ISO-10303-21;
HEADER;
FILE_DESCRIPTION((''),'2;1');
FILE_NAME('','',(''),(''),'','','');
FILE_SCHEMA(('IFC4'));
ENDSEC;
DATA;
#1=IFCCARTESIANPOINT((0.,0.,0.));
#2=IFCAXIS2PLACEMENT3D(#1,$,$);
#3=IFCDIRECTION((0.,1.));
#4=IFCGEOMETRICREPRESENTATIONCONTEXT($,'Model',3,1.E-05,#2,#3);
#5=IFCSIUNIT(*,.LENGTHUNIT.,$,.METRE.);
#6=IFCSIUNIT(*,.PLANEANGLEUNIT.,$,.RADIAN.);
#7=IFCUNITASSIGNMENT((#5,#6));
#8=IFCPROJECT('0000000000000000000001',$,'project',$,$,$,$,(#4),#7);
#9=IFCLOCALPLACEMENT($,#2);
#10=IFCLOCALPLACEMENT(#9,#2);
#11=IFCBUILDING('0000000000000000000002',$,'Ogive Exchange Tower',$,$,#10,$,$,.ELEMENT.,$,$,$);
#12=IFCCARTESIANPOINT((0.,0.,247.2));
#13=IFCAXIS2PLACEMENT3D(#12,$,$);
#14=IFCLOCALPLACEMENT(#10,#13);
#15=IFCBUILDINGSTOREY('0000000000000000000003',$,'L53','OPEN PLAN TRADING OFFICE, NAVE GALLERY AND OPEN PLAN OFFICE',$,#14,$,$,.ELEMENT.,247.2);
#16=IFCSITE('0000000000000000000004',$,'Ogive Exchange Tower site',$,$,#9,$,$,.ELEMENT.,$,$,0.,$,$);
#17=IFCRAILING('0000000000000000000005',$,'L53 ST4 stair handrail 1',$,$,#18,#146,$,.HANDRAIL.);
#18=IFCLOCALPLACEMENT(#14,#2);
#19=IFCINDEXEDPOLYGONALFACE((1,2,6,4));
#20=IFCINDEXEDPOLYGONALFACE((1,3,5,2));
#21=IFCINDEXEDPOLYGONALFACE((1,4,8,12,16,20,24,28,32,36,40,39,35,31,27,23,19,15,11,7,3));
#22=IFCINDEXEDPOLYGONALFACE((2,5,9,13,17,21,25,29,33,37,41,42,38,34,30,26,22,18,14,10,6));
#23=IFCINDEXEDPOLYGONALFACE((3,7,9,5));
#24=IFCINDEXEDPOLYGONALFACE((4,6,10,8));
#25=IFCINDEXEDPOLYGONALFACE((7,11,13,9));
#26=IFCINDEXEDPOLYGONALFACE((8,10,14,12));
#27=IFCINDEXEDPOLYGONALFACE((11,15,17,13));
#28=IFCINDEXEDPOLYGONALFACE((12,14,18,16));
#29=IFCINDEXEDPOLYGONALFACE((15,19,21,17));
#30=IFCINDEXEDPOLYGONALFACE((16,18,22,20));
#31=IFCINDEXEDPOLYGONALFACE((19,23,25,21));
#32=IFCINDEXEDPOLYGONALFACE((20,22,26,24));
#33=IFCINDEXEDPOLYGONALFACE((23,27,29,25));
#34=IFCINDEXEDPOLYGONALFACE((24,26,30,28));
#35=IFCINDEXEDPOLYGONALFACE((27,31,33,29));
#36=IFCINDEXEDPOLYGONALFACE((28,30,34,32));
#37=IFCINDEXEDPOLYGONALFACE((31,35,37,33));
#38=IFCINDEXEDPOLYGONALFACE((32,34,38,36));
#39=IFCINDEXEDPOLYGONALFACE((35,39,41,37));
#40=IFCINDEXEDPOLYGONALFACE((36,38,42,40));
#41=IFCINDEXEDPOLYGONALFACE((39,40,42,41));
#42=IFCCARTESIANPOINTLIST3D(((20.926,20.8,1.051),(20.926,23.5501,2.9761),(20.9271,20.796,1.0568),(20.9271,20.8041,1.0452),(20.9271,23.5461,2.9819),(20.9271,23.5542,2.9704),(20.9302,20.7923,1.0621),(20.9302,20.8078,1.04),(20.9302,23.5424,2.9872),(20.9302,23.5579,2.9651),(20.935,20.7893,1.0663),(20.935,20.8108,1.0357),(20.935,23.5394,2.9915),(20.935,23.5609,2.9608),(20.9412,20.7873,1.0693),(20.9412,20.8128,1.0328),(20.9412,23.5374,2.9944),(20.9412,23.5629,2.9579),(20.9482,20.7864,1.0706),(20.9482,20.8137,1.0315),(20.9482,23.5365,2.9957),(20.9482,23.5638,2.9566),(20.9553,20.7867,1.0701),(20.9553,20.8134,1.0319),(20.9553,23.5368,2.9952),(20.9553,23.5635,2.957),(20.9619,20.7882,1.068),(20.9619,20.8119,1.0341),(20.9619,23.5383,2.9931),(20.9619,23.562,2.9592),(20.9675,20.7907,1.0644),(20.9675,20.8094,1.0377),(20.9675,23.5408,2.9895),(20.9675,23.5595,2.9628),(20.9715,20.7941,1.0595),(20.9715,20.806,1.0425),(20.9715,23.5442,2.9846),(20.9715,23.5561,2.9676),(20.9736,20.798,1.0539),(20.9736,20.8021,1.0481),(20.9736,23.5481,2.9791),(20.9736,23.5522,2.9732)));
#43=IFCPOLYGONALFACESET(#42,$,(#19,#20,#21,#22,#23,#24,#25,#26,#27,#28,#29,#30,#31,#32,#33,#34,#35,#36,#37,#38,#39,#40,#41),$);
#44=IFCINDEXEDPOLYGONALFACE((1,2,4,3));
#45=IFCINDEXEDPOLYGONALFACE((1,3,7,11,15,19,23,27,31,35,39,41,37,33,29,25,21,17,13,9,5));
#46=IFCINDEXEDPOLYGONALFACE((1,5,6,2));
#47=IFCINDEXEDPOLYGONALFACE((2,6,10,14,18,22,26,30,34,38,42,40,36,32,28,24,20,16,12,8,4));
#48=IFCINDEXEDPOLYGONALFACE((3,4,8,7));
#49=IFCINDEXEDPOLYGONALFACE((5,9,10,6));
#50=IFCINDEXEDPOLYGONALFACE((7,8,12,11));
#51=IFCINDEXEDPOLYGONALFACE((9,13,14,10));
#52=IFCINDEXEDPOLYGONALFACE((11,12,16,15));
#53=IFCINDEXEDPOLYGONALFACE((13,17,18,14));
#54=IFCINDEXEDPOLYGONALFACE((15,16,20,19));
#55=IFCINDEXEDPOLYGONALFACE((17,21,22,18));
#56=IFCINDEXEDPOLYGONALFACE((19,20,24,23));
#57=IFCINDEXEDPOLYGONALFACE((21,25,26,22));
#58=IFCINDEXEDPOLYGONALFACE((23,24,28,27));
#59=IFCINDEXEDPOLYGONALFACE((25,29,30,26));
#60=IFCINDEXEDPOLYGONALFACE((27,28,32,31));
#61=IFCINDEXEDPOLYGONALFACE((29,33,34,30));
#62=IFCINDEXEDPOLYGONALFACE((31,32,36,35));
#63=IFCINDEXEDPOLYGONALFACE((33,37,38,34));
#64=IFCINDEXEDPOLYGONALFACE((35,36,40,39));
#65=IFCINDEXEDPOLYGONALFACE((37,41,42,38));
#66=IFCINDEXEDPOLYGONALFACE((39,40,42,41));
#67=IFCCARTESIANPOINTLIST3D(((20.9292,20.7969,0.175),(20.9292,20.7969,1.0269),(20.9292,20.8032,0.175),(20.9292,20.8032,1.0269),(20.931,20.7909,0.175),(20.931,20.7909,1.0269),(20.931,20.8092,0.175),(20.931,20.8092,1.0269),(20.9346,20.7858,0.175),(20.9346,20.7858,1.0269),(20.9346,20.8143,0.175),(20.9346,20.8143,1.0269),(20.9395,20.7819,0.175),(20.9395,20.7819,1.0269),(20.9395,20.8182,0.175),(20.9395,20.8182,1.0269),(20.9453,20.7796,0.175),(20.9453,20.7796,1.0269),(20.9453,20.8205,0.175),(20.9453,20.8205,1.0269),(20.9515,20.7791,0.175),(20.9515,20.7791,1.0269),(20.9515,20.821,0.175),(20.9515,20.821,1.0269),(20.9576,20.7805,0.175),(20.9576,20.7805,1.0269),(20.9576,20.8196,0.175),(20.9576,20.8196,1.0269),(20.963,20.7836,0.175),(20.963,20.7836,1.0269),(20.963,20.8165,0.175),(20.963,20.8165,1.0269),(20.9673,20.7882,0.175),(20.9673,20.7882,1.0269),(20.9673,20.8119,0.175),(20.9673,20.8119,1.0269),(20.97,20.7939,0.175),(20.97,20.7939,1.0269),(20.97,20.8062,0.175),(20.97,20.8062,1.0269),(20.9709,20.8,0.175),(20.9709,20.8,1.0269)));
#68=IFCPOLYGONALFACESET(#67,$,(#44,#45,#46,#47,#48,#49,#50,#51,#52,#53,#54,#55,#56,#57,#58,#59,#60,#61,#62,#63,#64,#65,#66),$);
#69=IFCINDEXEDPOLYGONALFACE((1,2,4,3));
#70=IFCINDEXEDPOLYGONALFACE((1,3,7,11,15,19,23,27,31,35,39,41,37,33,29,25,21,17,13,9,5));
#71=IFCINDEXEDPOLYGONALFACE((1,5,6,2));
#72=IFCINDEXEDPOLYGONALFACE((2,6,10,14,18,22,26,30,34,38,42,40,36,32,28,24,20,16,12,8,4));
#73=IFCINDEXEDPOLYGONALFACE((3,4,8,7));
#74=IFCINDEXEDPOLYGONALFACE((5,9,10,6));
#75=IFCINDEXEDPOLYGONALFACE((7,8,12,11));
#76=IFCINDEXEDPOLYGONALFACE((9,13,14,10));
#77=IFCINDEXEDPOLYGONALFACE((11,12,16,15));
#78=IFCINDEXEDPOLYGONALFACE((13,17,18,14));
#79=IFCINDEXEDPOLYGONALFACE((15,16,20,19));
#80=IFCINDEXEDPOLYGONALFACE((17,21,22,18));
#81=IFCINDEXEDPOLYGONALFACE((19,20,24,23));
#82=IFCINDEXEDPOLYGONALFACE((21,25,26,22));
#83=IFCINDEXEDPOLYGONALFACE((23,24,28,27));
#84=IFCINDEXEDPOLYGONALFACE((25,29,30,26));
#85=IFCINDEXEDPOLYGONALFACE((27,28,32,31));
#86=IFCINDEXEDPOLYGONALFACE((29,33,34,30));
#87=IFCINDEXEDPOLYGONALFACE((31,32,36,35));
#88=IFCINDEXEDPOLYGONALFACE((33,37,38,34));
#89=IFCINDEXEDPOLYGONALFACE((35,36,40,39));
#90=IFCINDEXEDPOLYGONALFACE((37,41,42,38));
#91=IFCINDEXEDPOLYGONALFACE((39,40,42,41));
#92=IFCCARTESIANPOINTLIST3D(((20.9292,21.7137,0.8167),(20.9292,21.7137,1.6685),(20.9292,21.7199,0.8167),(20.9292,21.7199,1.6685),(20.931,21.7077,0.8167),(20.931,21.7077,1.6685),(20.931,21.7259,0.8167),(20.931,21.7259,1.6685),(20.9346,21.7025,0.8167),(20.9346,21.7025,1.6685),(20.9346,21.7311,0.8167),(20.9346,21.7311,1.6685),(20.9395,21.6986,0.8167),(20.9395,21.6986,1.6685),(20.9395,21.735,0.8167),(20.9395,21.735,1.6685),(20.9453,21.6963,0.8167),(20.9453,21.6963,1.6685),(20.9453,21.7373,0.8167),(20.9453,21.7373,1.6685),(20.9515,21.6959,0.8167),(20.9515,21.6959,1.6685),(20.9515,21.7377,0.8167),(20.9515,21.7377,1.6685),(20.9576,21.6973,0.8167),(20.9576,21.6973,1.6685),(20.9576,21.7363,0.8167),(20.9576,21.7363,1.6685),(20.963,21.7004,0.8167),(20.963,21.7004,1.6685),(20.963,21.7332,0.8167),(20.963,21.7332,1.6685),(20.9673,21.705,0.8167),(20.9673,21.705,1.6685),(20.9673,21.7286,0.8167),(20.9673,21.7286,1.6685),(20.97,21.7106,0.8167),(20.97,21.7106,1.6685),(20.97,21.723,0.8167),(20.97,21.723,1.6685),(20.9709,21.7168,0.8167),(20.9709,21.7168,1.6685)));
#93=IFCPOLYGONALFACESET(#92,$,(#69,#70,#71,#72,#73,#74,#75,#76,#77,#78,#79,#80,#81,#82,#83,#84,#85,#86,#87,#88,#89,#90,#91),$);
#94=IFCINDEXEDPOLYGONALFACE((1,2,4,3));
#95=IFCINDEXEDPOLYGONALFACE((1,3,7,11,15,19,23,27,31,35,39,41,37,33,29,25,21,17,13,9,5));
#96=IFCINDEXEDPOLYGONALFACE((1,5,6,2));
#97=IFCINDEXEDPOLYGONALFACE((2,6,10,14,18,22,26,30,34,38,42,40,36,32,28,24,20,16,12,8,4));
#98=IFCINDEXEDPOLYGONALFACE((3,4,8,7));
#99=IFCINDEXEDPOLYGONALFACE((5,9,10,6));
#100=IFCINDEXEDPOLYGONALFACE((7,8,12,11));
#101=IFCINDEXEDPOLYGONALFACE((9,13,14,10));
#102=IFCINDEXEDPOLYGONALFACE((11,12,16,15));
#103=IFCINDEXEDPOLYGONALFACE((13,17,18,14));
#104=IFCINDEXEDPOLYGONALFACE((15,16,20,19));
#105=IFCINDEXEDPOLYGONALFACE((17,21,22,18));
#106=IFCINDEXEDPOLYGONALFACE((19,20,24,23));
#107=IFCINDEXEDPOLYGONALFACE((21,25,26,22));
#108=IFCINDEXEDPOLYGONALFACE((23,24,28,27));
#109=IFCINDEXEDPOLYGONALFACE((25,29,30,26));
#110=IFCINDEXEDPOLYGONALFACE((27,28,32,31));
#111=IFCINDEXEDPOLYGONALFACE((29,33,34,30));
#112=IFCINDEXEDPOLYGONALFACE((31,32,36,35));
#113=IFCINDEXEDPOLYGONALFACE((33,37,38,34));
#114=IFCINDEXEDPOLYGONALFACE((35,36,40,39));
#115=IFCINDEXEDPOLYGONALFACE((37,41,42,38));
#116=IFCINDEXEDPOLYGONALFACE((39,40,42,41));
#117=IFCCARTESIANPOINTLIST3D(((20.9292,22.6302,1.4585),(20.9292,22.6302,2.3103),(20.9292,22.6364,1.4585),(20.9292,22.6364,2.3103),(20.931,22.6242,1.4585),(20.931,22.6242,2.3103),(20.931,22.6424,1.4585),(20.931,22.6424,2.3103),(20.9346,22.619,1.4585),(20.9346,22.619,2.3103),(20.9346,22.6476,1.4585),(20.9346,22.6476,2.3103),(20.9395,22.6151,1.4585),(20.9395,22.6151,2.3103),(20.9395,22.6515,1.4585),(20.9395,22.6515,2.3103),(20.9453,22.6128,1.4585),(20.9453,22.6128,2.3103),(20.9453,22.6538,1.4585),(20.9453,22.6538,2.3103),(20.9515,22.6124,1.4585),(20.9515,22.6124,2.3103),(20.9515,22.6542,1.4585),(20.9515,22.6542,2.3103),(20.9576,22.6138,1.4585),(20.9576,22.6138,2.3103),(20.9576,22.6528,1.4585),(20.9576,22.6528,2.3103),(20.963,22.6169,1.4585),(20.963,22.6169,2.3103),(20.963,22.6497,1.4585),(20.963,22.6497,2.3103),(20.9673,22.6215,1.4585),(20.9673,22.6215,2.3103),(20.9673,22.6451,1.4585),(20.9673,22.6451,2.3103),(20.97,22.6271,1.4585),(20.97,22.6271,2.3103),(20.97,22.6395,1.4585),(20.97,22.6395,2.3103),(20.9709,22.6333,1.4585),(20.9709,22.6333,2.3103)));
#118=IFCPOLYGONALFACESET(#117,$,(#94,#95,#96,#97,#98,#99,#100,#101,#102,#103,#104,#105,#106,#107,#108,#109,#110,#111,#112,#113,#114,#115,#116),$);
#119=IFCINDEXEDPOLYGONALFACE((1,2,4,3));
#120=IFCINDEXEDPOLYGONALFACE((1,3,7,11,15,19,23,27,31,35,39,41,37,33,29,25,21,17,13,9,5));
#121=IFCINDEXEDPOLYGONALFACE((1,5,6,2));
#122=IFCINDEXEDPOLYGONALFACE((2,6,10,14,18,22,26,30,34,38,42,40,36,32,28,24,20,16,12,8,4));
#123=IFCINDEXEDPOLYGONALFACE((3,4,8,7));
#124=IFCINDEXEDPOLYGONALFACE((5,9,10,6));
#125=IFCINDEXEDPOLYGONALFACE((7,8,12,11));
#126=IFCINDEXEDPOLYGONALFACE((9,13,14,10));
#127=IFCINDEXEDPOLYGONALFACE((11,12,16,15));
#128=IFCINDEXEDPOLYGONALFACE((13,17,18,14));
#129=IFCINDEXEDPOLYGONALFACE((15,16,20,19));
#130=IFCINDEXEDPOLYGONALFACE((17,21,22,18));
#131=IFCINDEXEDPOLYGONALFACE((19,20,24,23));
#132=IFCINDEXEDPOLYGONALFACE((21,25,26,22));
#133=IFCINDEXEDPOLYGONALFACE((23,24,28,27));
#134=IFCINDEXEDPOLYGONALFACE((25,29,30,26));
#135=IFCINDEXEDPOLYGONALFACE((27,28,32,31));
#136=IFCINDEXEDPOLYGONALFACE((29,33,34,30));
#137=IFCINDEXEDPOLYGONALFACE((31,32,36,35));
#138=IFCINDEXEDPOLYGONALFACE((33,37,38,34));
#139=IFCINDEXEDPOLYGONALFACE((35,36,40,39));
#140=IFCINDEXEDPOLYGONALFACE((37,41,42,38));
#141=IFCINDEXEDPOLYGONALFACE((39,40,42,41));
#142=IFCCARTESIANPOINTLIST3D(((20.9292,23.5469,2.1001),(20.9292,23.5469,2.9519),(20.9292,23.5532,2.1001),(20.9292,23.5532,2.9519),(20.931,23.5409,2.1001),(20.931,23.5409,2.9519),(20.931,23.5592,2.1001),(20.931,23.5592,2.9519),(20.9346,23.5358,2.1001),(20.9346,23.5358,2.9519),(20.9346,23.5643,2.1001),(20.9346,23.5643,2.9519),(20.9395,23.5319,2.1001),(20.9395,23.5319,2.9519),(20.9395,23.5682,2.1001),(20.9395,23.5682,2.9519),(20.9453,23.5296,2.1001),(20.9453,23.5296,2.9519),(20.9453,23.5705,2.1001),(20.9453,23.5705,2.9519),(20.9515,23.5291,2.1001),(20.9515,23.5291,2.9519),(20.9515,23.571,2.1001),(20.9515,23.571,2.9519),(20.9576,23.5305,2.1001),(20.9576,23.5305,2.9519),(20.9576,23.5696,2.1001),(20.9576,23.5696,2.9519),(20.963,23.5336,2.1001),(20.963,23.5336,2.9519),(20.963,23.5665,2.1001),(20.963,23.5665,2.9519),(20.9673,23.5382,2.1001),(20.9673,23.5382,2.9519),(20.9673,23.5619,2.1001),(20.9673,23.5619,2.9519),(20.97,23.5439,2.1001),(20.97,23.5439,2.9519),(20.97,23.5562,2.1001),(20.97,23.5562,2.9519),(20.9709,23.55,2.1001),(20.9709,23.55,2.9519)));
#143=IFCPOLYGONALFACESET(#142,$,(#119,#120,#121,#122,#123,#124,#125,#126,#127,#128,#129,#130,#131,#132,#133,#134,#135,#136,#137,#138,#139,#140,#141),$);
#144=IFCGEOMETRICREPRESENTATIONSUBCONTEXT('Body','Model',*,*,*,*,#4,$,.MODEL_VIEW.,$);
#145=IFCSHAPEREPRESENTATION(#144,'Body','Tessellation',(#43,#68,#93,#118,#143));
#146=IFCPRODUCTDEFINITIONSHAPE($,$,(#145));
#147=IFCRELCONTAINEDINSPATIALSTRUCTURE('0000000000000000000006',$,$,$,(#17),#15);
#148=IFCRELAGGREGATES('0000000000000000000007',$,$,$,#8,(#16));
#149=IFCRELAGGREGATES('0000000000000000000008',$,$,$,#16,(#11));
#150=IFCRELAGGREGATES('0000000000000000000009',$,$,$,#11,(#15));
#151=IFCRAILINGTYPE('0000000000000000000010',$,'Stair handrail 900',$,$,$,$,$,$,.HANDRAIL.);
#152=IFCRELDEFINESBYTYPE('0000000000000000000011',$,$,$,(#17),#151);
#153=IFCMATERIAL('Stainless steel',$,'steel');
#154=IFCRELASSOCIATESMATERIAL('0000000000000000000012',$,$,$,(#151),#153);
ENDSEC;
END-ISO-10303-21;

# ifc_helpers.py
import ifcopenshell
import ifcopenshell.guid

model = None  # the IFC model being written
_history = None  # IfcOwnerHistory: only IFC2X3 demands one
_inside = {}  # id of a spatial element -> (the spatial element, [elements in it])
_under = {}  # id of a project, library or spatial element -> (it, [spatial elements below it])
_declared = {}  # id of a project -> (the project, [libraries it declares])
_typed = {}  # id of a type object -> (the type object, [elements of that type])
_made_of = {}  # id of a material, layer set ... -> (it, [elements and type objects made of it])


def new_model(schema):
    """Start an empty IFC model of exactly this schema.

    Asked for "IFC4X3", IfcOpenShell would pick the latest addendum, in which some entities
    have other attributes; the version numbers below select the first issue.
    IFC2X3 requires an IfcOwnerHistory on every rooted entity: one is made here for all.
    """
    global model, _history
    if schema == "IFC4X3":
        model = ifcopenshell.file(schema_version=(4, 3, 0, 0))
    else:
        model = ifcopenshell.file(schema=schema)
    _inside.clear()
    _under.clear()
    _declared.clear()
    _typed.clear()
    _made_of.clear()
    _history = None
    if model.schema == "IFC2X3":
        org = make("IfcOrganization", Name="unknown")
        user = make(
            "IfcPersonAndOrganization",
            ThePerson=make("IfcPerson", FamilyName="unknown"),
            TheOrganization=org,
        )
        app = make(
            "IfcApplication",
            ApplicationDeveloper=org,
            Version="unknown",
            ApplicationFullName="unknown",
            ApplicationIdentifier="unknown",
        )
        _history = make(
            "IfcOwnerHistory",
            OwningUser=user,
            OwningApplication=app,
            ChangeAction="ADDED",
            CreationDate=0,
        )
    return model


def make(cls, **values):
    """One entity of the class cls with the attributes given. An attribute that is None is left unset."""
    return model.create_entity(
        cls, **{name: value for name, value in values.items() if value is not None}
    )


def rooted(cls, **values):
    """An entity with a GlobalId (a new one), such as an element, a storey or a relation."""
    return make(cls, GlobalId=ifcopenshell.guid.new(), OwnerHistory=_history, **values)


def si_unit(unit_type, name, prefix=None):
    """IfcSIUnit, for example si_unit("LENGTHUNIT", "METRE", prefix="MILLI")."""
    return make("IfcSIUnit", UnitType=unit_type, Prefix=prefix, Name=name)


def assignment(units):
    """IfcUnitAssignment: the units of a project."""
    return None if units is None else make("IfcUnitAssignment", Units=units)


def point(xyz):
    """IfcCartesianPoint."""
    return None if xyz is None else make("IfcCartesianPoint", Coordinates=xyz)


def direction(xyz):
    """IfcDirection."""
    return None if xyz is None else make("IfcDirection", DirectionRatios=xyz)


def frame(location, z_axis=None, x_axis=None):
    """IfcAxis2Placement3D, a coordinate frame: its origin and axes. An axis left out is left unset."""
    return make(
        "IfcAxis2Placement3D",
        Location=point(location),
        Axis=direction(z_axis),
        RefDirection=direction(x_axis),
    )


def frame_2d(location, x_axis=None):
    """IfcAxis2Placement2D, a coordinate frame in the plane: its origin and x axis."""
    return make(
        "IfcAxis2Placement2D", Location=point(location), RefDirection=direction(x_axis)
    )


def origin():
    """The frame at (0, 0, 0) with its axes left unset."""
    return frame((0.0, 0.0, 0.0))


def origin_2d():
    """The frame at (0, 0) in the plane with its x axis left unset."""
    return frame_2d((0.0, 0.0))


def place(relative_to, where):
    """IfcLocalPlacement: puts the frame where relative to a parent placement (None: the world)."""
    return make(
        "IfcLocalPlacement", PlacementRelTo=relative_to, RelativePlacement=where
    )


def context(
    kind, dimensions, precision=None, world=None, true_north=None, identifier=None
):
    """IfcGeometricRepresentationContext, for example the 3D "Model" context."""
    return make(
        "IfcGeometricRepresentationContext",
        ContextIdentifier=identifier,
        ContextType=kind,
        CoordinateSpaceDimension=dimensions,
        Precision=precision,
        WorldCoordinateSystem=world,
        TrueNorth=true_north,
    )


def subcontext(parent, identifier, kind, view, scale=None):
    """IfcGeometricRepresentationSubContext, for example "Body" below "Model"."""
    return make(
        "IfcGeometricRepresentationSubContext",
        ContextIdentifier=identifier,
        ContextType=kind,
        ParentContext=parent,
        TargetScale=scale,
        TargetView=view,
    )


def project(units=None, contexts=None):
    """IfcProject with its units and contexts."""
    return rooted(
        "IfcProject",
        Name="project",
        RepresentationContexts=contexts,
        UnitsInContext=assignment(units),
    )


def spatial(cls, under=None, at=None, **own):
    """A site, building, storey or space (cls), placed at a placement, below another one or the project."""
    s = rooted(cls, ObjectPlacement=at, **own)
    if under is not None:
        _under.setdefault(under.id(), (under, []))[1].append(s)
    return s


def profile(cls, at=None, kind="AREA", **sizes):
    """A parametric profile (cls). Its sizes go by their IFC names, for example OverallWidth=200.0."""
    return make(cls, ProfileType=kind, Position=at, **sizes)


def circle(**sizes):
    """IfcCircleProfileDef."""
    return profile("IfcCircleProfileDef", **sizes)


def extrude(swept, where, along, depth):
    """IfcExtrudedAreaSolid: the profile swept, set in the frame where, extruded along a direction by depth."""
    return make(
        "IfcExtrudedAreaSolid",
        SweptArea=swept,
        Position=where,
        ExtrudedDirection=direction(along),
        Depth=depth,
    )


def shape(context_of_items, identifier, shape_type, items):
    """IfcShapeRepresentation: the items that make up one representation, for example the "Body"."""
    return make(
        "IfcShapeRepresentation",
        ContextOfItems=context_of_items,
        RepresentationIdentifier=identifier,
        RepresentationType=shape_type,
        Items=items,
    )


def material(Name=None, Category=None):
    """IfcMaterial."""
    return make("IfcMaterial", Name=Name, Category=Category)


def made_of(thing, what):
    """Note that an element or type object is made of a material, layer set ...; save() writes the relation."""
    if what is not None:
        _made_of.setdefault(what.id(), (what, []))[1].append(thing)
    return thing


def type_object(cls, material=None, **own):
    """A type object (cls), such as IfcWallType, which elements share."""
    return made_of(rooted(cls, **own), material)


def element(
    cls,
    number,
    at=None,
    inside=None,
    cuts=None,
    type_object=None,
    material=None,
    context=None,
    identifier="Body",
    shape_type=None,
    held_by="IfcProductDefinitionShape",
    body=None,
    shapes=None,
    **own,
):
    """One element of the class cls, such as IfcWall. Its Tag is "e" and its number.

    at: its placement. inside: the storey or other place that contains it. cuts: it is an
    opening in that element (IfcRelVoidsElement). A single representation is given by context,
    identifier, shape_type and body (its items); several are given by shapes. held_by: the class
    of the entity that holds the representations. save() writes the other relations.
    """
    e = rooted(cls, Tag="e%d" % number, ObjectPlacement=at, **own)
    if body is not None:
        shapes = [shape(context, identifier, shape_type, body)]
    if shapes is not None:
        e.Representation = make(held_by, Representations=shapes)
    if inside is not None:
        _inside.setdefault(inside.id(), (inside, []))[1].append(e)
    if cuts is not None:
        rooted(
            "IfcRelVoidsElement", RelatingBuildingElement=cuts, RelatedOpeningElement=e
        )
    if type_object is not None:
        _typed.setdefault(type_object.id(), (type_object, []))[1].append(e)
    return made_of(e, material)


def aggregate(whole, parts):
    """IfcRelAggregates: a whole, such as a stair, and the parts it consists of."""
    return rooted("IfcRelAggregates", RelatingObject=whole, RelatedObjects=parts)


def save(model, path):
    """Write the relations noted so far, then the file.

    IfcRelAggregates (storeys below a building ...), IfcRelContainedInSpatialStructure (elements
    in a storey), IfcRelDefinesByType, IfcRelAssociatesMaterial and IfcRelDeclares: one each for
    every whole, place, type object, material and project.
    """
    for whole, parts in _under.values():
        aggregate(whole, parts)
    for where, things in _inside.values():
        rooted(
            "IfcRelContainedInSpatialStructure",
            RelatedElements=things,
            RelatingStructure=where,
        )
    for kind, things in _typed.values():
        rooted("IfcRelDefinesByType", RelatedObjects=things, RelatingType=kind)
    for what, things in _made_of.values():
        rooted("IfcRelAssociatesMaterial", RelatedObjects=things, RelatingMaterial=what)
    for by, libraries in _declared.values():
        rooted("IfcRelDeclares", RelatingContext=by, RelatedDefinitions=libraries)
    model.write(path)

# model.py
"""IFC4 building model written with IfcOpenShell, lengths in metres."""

from ifc_helpers import new_model, si_unit, direction, frame, origin, origin_2d, place, context, subcontext, project, spatial, circle, extrude, material, type_object, element, save


model = new_model("IFC4")

# Units and contexts
model_context = context("Model", 3, precision=1e-05, world=origin(), true_north=direction((0.0, 1.0)))
body_context = subcontext(model_context, "Body", "Model", "MODEL_VIEW")
ifc_project = project(units=[si_unit("LENGTHUNIT", "METRE"), si_unit("PLANEANGLEUNIT", "RADIAN")], contexts=[model_context])

# Site, building, storey
site_placement = place(None, origin())
site = spatial("IfcSite", under=ifc_project, at=site_placement, Name="Ogive Exchange Tower site", CompositionType="ELEMENT", RefElevation=0.0)
building_placement = place(site_placement, origin())
building = spatial("IfcBuilding", under=site, at=building_placement, Name="Ogive Exchange Tower", CompositionType="ELEMENT")
storey_placement = place(building_placement, frame((0.0, 0.0, 247.2)))
storey = spatial("IfcBuildingStorey", under=building, at=storey_placement, Name="L53", Description="OPEN PLAN TRADING OFFICE, NAVE GALLERY AND OPEN PLAN OFFICE", CompositionType="ELEMENT", Elevation=247.2)

# Railing
ifc_material_1 = material(Name="Stainless steel", Category="steel")
railing_type = type_object("IfcRailingType", Name="Stair handrail 900", PredefinedType="HANDRAIL", material=ifc_material_1)
railing_placement = place(storey_placement, frame((20.95, 20.8, 0.175)))
element("IfcRailing", 1, at=railing_placement, inside=storey, type_object=railing_type, Name="L53 ST4 stair handrail 1", PredefinedType="HANDRAIL", context=body_context, shape_type="SweptSolid", body=[
    extrude(circle(Radius=0.0239, at=origin_2d()), frame((0.0, 0.0, 0.876), z_axis=(0.0, 0.819225, 0.573472), x_axis=(-1.0, 0.0, 0.0)), (0.0, 0.0, 1.0), 3.3569),
    extrude(circle(Radius=0.021, at=origin_2d()), origin(), (0.0, 0.0, 1.0), 0.8518),
    extrude(circle(Radius=0.021, at=origin_2d()), frame((0.0, 0.9167, 0.6416)), (0.0, 0.0, 1.0), 0.8518),
    extrude(circle(Radius=0.021, at=origin_2d()), frame((0.0, 1.8333, 1.2834)), (0.0, 0.0, 1.0), 0.8518),
    extrude(circle(Radius=0.021, at=origin_2d()), frame((0.0, 2.75, 1.925)), (0.0, 0.0, 1.0), 0.8518),
])

save(model, "model.ifc")
